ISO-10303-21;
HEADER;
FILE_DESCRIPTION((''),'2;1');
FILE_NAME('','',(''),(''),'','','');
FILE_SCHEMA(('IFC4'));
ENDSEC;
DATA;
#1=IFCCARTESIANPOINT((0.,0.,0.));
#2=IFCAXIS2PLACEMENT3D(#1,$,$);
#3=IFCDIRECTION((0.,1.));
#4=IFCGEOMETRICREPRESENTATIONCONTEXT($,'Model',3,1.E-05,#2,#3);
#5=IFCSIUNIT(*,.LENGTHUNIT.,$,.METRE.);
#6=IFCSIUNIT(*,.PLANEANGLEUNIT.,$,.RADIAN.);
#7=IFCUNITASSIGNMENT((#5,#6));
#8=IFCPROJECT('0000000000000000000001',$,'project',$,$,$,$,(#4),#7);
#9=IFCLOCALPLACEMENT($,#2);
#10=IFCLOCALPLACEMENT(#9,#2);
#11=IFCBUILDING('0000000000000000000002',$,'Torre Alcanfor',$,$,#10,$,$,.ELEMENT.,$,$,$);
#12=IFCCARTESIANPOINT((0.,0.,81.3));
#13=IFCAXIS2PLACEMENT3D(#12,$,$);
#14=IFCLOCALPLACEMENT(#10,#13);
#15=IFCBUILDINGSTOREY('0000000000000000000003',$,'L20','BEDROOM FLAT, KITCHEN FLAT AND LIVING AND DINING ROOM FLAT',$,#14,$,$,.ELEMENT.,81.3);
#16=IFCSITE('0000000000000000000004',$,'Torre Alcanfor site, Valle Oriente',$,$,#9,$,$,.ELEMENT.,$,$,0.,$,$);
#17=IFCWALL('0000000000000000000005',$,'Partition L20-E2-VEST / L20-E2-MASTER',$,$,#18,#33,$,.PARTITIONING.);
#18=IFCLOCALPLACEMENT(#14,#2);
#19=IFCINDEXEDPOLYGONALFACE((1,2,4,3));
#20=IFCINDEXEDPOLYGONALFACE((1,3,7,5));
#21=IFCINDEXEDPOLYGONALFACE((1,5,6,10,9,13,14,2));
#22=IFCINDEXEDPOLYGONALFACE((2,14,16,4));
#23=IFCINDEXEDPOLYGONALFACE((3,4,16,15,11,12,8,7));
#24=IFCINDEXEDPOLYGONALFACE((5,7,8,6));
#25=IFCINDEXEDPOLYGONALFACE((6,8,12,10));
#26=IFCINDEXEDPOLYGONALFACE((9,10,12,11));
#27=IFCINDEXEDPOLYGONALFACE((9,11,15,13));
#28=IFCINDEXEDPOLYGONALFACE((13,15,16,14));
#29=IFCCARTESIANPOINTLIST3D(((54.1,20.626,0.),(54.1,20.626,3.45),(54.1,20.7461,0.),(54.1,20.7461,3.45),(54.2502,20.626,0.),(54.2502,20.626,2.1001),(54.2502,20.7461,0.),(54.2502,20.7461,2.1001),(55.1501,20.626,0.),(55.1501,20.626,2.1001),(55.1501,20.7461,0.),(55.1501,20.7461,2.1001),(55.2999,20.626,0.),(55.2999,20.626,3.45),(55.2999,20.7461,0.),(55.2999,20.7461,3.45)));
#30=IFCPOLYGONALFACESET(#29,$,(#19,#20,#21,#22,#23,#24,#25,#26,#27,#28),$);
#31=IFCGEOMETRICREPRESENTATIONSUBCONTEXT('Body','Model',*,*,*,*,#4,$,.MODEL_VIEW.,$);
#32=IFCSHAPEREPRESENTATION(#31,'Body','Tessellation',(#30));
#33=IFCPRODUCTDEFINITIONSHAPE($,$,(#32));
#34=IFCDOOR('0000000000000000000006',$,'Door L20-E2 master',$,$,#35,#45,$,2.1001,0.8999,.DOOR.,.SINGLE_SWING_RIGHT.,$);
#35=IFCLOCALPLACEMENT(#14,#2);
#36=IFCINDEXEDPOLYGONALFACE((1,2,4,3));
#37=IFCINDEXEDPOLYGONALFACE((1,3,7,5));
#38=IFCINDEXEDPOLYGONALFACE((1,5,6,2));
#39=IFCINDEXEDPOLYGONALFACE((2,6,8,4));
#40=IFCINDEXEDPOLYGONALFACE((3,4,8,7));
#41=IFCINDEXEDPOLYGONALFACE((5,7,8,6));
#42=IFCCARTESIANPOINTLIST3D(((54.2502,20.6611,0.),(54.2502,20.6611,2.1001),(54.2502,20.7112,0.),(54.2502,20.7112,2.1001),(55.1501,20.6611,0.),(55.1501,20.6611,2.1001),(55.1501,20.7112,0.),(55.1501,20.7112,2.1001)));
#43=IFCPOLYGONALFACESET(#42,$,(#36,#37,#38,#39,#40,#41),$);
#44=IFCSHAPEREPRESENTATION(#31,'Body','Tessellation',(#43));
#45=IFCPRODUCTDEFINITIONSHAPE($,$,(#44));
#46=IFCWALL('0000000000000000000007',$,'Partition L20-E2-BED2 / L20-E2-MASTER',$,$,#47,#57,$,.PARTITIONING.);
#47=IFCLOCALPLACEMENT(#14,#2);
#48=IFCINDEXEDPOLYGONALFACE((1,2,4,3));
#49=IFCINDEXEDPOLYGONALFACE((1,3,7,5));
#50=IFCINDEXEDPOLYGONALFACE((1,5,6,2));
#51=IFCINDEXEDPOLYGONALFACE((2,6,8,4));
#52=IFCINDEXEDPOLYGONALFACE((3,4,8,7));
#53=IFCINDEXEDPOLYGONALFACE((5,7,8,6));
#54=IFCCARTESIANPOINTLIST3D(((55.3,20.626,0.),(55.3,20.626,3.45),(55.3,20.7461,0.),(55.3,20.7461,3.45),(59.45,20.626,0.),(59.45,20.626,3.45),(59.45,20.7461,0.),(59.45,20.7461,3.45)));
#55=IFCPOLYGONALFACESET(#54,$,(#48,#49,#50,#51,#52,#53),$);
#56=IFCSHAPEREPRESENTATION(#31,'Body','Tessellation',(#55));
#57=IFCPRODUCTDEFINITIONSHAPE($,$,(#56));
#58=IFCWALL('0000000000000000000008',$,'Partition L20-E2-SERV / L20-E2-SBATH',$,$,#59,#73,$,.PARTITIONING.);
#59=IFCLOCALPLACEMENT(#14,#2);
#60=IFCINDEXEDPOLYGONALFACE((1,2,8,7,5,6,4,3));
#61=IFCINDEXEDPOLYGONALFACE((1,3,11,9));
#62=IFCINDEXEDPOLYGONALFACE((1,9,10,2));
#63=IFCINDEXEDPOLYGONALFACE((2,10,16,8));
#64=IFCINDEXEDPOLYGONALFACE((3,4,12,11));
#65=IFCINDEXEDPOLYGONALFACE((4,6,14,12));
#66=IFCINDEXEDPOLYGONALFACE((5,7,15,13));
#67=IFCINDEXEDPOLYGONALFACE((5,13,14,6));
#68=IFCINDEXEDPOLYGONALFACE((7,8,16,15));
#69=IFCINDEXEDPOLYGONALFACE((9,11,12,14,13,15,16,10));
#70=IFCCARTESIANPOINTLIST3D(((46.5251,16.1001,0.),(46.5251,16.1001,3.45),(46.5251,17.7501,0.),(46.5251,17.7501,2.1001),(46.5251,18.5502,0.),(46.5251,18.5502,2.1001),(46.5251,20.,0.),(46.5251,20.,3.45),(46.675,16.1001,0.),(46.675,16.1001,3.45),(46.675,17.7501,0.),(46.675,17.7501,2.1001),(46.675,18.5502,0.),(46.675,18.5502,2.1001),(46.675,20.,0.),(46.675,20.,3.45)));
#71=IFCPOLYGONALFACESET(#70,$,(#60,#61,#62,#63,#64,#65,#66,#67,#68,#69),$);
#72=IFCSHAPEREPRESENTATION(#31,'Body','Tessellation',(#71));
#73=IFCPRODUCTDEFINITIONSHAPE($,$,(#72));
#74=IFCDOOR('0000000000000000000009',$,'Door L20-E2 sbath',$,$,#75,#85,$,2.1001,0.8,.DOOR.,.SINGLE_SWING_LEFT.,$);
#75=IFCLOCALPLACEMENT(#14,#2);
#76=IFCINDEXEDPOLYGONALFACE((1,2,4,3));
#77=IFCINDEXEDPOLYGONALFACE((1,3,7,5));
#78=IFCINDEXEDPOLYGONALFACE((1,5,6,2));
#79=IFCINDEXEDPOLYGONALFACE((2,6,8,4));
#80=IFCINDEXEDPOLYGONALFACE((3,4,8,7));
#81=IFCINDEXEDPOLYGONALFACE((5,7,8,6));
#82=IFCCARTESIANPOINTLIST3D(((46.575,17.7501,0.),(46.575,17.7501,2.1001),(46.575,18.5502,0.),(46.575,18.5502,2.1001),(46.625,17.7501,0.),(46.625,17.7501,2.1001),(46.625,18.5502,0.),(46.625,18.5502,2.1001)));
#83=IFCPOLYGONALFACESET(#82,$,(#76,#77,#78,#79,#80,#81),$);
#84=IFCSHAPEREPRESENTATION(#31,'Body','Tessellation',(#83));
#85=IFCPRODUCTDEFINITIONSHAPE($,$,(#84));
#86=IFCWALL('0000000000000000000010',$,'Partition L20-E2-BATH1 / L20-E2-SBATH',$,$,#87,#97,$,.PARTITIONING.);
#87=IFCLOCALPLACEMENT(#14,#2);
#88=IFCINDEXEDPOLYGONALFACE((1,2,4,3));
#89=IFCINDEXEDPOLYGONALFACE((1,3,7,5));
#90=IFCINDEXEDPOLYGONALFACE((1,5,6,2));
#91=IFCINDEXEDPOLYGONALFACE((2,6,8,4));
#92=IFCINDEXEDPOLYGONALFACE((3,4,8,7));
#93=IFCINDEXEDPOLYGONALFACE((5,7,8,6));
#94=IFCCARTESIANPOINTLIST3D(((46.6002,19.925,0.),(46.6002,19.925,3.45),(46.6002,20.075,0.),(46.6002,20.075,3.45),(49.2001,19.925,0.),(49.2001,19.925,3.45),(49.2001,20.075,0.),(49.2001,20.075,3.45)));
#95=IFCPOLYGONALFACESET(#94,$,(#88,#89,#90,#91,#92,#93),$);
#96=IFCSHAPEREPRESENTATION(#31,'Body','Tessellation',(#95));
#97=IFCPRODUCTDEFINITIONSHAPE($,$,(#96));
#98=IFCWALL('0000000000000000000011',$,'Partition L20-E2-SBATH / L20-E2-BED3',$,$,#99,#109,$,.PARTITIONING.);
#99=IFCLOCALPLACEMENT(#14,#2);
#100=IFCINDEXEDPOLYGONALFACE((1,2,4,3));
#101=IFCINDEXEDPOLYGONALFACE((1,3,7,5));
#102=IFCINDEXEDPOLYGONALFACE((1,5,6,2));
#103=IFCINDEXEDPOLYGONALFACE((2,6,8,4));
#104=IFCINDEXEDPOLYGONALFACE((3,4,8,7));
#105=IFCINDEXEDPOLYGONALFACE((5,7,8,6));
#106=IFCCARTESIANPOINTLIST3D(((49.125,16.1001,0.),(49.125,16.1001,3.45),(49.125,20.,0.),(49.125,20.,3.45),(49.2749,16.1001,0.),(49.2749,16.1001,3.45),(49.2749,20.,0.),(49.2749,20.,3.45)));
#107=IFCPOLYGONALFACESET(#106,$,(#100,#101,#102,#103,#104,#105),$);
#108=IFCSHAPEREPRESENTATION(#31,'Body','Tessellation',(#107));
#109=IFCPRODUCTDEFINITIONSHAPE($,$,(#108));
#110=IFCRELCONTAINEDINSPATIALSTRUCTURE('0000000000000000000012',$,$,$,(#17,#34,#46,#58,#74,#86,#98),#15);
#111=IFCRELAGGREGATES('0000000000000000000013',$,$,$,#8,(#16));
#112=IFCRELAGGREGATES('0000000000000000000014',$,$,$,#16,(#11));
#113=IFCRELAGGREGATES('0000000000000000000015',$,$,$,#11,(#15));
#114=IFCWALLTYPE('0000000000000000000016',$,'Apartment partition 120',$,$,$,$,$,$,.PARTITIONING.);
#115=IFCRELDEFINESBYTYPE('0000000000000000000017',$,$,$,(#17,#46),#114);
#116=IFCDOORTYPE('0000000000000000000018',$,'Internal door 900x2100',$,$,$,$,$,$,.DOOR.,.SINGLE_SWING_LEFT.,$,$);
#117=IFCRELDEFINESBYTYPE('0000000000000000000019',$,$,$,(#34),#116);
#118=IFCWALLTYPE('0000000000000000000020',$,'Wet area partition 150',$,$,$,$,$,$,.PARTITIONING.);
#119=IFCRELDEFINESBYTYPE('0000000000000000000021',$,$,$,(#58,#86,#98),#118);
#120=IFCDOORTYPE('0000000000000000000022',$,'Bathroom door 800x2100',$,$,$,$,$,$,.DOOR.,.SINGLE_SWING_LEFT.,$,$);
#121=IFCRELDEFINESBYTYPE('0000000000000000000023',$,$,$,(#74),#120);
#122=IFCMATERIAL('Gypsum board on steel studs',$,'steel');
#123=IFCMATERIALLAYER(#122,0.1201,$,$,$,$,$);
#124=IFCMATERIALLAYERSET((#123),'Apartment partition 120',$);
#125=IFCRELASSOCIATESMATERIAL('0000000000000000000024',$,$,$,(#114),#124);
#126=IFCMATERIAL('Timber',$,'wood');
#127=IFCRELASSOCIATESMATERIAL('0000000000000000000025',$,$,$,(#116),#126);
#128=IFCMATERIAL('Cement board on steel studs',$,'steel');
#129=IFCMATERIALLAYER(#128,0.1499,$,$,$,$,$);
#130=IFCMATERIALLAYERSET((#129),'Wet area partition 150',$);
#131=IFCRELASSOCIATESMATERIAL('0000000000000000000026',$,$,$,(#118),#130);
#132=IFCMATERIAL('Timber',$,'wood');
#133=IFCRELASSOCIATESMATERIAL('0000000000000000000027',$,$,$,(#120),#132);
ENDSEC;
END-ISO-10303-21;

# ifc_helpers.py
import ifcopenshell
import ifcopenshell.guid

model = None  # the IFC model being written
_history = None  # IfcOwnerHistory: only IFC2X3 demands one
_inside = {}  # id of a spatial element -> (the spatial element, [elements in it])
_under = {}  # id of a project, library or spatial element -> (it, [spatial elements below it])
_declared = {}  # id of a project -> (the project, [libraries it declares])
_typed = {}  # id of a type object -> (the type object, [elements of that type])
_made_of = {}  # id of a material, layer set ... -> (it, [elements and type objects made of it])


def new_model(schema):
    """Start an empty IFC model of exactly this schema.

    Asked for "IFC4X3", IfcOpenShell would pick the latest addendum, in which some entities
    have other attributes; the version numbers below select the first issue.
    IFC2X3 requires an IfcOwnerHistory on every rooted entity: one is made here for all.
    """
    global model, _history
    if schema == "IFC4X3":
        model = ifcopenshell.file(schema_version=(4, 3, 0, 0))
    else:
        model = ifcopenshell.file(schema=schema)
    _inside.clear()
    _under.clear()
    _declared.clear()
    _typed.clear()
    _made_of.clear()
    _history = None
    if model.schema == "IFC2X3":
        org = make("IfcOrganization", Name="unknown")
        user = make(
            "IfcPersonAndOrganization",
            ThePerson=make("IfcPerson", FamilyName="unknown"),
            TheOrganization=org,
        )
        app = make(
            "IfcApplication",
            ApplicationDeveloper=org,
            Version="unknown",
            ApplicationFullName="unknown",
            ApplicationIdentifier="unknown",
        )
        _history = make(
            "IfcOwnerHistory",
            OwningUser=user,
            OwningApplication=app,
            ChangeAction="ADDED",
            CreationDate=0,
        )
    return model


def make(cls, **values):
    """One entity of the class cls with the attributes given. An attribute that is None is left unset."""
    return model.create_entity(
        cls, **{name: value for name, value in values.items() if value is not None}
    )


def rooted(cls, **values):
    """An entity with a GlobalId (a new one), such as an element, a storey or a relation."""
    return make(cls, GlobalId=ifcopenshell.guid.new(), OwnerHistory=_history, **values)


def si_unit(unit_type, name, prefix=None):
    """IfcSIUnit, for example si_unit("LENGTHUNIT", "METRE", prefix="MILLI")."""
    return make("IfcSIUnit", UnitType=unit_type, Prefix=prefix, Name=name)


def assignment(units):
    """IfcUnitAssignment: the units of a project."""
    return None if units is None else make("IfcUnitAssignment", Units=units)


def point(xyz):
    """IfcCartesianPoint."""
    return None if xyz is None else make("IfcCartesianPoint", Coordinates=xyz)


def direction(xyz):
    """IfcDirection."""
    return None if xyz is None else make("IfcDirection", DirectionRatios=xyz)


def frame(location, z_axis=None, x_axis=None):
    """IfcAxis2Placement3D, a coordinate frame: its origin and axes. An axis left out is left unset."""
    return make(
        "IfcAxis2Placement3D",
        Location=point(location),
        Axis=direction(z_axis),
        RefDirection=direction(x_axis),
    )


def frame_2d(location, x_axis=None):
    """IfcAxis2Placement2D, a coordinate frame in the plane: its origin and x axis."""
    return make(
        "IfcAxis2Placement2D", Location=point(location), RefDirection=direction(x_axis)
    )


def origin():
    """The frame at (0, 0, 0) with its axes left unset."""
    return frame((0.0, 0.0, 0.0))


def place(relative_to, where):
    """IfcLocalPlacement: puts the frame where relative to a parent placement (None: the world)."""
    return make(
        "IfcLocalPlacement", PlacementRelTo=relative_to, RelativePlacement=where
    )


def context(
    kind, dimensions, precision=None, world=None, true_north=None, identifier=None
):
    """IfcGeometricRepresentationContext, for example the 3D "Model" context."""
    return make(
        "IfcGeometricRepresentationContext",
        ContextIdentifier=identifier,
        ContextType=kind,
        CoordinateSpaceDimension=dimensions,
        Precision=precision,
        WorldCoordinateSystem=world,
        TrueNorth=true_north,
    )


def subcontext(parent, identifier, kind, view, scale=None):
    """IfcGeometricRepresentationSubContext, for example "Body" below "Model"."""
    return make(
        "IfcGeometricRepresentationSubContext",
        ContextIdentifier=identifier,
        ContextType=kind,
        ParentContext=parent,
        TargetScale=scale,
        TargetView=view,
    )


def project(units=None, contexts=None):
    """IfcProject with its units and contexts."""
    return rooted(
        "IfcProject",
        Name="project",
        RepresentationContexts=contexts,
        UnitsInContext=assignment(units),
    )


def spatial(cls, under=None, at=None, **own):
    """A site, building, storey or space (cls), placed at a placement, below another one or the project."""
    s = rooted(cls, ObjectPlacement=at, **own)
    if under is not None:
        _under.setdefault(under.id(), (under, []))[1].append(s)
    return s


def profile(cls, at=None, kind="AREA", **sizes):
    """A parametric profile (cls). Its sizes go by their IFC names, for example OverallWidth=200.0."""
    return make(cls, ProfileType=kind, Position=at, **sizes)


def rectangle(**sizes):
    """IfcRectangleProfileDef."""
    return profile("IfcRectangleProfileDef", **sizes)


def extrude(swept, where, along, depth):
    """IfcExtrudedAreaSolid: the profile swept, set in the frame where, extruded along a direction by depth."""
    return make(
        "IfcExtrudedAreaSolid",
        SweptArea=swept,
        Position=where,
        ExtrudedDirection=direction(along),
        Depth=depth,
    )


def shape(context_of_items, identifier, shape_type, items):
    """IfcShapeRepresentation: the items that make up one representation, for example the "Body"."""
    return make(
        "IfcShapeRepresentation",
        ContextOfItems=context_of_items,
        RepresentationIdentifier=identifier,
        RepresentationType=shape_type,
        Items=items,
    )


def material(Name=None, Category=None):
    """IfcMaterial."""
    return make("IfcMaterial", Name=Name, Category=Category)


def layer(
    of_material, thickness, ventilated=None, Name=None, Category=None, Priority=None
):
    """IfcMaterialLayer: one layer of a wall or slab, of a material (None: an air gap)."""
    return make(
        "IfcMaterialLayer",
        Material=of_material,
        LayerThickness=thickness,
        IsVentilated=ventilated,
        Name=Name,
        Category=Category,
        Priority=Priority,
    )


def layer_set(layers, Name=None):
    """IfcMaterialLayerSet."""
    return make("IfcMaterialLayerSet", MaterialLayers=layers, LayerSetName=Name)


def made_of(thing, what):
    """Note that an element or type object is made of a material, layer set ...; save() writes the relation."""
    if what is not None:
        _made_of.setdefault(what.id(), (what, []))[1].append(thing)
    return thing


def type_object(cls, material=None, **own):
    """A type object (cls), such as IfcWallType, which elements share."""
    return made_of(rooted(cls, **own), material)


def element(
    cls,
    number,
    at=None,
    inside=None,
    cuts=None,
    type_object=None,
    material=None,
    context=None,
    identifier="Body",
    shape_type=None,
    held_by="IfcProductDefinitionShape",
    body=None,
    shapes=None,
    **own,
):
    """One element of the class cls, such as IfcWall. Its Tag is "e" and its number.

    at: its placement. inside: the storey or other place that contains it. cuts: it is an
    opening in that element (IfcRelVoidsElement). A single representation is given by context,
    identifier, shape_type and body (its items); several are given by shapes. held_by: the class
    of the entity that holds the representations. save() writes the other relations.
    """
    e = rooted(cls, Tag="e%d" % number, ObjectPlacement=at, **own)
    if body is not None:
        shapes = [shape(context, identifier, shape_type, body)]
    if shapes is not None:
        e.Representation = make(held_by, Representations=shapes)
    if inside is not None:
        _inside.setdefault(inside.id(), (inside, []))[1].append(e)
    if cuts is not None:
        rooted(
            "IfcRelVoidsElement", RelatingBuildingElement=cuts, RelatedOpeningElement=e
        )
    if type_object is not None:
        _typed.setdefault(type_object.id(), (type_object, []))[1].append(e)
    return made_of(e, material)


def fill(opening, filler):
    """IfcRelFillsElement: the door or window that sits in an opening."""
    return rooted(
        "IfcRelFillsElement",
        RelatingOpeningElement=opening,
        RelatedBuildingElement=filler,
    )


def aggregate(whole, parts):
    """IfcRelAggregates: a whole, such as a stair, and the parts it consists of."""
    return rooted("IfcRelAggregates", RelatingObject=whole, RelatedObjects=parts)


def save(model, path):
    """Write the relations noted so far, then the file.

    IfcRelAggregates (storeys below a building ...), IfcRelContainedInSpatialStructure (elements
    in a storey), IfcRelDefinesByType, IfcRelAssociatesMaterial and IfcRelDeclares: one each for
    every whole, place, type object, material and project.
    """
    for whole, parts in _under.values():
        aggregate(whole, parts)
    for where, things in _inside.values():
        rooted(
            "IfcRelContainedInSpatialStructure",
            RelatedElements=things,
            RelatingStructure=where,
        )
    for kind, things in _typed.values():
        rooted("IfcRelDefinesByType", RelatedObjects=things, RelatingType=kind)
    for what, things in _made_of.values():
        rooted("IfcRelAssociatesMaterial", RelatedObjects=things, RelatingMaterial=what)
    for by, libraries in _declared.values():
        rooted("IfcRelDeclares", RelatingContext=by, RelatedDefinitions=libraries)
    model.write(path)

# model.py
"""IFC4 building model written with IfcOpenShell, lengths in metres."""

from ifc_helpers import new_model, si_unit, direction, frame, frame_2d, origin, place, context, subcontext, project, spatial, rectangle, extrude, material, layer, layer_set, type_object, element, fill, save


model = new_model("IFC4")

# Units and contexts
model_context = context("Model", 3, precision=1e-05, world=origin(), true_north=direction((0.0, 1.0)))
body_context = subcontext(model_context, "Body", "Model", "MODEL_VIEW")
ifc_project = project(units=[si_unit("LENGTHUNIT", "METRE"), si_unit("PLANEANGLEUNIT", "RADIAN")], contexts=[model_context])

# Site, building, storey
site_placement = place(None, origin())
site = spatial("IfcSite", under=ifc_project, at=site_placement, Name="Torre Alcanfor site, Valle Oriente", CompositionType="ELEMENT", RefElevation=0.0)
building_placement = place(site_placement, origin())
building = spatial("IfcBuilding", under=site, at=building_placement, Name="Torre Alcanfor", CompositionType="ELEMENT")
storey_placement = place(building_placement, frame((0.0, 0.0, 81.3)))
storey = spatial("IfcBuildingStorey", under=building, at=storey_placement, Name="L20", Description="BEDROOM FLAT, KITCHEN FLAT AND LIVING AND DINING ROOM FLAT", CompositionType="ELEMENT", Elevation=81.3)

# Shared definitions
ifc_material_1 = material(Name="Gypsum board on steel studs", Category="steel")
ifc_layer_1 = layer(ifc_material_1, 0.1201)
ifc_layer_set_1 = layer_set([ifc_layer_1], Name="Apartment partition 120")
wall_type_1 = type_object("IfcWallType", Name="Apartment partition 120", PredefinedType="PARTITIONING", material=ifc_layer_set_1)

# Wall, opening, door
wall_1_placement = place(storey_placement, frame((55.3, 20.686, 0.0), z_axis=(0.0, 0.0, 1.0), x_axis=(-1.0, 0.0, 0.0)))
wall_1 = element("IfcWall", 1, at=wall_1_placement, inside=storey, type_object=wall_type_1, Name="Partition L20-E2-VEST / L20-E2-MASTER", PredefinedType="PARTITIONING", context=body_context, shape_type="SweptSolid", body=[
    extrude(rectangle(XDim=1.2, YDim=0.1201, at=frame_2d((0.6001, 0.0))), origin(), (0.0, 0.0, 1.0), 3.45),
])
opening_1_placement = place(wall_1_placement, frame((0.1499, 0.0, 0.0)))
opening_1 = element("IfcOpeningElement", 2, at=opening_1_placement, cuts=wall_1, PredefinedType="OPENING", context=body_context, shape_type="SweptSolid", body=[
    extrude(rectangle(XDim=0.8999, YDim=2.1001, at=frame_2d((0.45, 1.05))), frame((0.0, 0.0701, 0.0), z_axis=(0.0, -1.0, 0.0), x_axis=(1.0, 0.0, 0.0)), (0.0, 0.0, 1.0), 0.1401),
])
ifc_material_2 = material(Name="Timber", Category="wood")
door_type_1 = type_object("IfcDoorType", Name="Internal door 900x2100", OperationType="SINGLE_SWING_LEFT", PredefinedType="DOOR", material=ifc_material_2)
door_1_placement = place(opening_1_placement, frame((0.8999, 0.0, 0.0), z_axis=(0.0, 0.0, 1.0), x_axis=(-1.0, 0.0, 0.0)))
door_1 = element("IfcDoor", 3, at=door_1_placement, inside=storey, type_object=door_type_1, Name="Door L20-E2 master", OperationType="SINGLE_SWING_RIGHT", OverallHeight=2.1001, OverallWidth=0.8999, PredefinedType="DOOR", context=body_context, shape_type="SweptSolid", body=[
    extrude(rectangle(XDim=0.8999, YDim=2.1001, at=frame_2d((0.45, 1.05))), frame((0.0, 0.0251, 0.0), z_axis=(0.0, -1.0, 0.0), x_axis=(1.0, 0.0, 0.0)), (0.0, 0.0, 1.0), 0.05),
])
fill(opening_1, door_1)

# Wall
wall_2_placement = place(storey_placement, frame((59.45, 20.686, 0.0), z_axis=(0.0, 0.0, 1.0), x_axis=(-1.0, 0.0, 0.0)))
element("IfcWall", 4, at=wall_2_placement, inside=storey, type_object=wall_type_1, Name="Partition L20-E2-BED2 / L20-E2-MASTER", PredefinedType="PARTITIONING", context=body_context, shape_type="SweptSolid", body=[
    extrude(rectangle(XDim=4.1499, YDim=0.1201, at=frame_2d((2.075, 0.0))), origin(), (0.0, 0.0, 1.0), 3.45),
])

# Wall, opening, door
ifc_material_3 = material(Name="Cement board on steel studs", Category="steel")
ifc_layer_2 = layer(ifc_material_3, 0.1499)
ifc_layer_set_2 = layer_set([ifc_layer_2], Name="Wet area partition 150")
wall_type_2 = type_object("IfcWallType", Name="Wet area partition 150", PredefinedType="PARTITIONING", material=ifc_layer_set_2)
wall_3_placement = place(storey_placement, frame((46.6001, 20.0, 0.0), z_axis=(0.0, 0.0, 1.0), x_axis=(0.0, -1.0, 0.0)))
wall_3 = element("IfcWall", 5, at=wall_3_placement, inside=storey, type_object=wall_type_2, Name="Partition L20-E2-SERV / L20-E2-SBATH", PredefinedType="PARTITIONING", context=body_context, shape_type="SweptSolid", body=[
    extrude(rectangle(XDim=3.8999, YDim=0.1499, at=frame_2d((1.95, 0.0))), origin(), (0.0, 0.0, 1.0), 3.45),
])
opening_2_placement = place(wall_3_placement, frame((1.45, 0.0, 0.0)))
opening_2 = element("IfcOpeningElement", 6, at=opening_2_placement, cuts=wall_3, PredefinedType="OPENING", context=body_context, shape_type="SweptSolid", body=[
    extrude(rectangle(XDim=0.8, YDim=2.1001, at=frame_2d((0.3999, 1.05))), frame((0.0, 0.085, 0.0), z_axis=(0.0, -1.0, 0.0), x_axis=(1.0, 0.0, 0.0)), (0.0, 0.0, 1.0), 0.1699),
])
ifc_material_4 = material(Name="Timber", Category="wood")
door_type_2 = type_object("IfcDoorType", Name="Bathroom door 800x2100", OperationType="SINGLE_SWING_LEFT", PredefinedType="DOOR", material=ifc_material_4)
door_2_placement = place(opening_2_placement, origin())
door_2 = element("IfcDoor", 7, at=door_2_placement, inside=storey, type_object=door_type_2, Name="Door L20-E2 sbath", OperationType="SINGLE_SWING_LEFT", OverallHeight=2.1001, OverallWidth=0.8, PredefinedType="DOOR", context=body_context, shape_type="SweptSolid", body=[
    extrude(rectangle(XDim=0.8, YDim=2.1001, at=frame_2d((0.3999, 1.05))), frame((0.0, 0.0249, 0.0), z_axis=(0.0, -1.0, 0.0), x_axis=(1.0, 0.0, 0.0)), (0.0, 0.0, 1.0), 0.05),
])
fill(opening_2, door_2)

# Walls
wall_4_placement = place(storey_placement, frame((49.2, 20.0, 0.0), z_axis=(0.0, 0.0, 1.0), x_axis=(-1.0, 0.0, 0.0)))
element("IfcWall", 8, at=wall_4_placement, inside=storey, type_object=wall_type_2, Name="Partition L20-E2-BATH1 / L20-E2-SBATH", PredefinedType="PARTITIONING", context=body_context, shape_type="SweptSolid", body=[
    extrude(rectangle(XDim=2.5999, YDim=0.1499, at=frame_2d((1.2998, 0.0))), origin(), (0.0, 0.0, 1.0), 3.45),
])
wall_5_placement = place(storey_placement, frame((49.2, 20.0, 0.0), z_axis=(0.0, 0.0, 1.0), x_axis=(0.0, -1.0, 0.0)))
element("IfcWall", 9, at=wall_5_placement, inside=storey, type_object=wall_type_2, Name="Partition L20-E2-SBATH / L20-E2-BED3", PredefinedType="PARTITIONING", context=body_context, shape_type="SweptSolid", body=[
    extrude(rectangle(XDim=3.8999, YDim=0.1499, at=frame_2d((1.95, 0.0))), origin(), (0.0, 0.0, 1.0), 3.45),
])

save(model, "model.ifc")
